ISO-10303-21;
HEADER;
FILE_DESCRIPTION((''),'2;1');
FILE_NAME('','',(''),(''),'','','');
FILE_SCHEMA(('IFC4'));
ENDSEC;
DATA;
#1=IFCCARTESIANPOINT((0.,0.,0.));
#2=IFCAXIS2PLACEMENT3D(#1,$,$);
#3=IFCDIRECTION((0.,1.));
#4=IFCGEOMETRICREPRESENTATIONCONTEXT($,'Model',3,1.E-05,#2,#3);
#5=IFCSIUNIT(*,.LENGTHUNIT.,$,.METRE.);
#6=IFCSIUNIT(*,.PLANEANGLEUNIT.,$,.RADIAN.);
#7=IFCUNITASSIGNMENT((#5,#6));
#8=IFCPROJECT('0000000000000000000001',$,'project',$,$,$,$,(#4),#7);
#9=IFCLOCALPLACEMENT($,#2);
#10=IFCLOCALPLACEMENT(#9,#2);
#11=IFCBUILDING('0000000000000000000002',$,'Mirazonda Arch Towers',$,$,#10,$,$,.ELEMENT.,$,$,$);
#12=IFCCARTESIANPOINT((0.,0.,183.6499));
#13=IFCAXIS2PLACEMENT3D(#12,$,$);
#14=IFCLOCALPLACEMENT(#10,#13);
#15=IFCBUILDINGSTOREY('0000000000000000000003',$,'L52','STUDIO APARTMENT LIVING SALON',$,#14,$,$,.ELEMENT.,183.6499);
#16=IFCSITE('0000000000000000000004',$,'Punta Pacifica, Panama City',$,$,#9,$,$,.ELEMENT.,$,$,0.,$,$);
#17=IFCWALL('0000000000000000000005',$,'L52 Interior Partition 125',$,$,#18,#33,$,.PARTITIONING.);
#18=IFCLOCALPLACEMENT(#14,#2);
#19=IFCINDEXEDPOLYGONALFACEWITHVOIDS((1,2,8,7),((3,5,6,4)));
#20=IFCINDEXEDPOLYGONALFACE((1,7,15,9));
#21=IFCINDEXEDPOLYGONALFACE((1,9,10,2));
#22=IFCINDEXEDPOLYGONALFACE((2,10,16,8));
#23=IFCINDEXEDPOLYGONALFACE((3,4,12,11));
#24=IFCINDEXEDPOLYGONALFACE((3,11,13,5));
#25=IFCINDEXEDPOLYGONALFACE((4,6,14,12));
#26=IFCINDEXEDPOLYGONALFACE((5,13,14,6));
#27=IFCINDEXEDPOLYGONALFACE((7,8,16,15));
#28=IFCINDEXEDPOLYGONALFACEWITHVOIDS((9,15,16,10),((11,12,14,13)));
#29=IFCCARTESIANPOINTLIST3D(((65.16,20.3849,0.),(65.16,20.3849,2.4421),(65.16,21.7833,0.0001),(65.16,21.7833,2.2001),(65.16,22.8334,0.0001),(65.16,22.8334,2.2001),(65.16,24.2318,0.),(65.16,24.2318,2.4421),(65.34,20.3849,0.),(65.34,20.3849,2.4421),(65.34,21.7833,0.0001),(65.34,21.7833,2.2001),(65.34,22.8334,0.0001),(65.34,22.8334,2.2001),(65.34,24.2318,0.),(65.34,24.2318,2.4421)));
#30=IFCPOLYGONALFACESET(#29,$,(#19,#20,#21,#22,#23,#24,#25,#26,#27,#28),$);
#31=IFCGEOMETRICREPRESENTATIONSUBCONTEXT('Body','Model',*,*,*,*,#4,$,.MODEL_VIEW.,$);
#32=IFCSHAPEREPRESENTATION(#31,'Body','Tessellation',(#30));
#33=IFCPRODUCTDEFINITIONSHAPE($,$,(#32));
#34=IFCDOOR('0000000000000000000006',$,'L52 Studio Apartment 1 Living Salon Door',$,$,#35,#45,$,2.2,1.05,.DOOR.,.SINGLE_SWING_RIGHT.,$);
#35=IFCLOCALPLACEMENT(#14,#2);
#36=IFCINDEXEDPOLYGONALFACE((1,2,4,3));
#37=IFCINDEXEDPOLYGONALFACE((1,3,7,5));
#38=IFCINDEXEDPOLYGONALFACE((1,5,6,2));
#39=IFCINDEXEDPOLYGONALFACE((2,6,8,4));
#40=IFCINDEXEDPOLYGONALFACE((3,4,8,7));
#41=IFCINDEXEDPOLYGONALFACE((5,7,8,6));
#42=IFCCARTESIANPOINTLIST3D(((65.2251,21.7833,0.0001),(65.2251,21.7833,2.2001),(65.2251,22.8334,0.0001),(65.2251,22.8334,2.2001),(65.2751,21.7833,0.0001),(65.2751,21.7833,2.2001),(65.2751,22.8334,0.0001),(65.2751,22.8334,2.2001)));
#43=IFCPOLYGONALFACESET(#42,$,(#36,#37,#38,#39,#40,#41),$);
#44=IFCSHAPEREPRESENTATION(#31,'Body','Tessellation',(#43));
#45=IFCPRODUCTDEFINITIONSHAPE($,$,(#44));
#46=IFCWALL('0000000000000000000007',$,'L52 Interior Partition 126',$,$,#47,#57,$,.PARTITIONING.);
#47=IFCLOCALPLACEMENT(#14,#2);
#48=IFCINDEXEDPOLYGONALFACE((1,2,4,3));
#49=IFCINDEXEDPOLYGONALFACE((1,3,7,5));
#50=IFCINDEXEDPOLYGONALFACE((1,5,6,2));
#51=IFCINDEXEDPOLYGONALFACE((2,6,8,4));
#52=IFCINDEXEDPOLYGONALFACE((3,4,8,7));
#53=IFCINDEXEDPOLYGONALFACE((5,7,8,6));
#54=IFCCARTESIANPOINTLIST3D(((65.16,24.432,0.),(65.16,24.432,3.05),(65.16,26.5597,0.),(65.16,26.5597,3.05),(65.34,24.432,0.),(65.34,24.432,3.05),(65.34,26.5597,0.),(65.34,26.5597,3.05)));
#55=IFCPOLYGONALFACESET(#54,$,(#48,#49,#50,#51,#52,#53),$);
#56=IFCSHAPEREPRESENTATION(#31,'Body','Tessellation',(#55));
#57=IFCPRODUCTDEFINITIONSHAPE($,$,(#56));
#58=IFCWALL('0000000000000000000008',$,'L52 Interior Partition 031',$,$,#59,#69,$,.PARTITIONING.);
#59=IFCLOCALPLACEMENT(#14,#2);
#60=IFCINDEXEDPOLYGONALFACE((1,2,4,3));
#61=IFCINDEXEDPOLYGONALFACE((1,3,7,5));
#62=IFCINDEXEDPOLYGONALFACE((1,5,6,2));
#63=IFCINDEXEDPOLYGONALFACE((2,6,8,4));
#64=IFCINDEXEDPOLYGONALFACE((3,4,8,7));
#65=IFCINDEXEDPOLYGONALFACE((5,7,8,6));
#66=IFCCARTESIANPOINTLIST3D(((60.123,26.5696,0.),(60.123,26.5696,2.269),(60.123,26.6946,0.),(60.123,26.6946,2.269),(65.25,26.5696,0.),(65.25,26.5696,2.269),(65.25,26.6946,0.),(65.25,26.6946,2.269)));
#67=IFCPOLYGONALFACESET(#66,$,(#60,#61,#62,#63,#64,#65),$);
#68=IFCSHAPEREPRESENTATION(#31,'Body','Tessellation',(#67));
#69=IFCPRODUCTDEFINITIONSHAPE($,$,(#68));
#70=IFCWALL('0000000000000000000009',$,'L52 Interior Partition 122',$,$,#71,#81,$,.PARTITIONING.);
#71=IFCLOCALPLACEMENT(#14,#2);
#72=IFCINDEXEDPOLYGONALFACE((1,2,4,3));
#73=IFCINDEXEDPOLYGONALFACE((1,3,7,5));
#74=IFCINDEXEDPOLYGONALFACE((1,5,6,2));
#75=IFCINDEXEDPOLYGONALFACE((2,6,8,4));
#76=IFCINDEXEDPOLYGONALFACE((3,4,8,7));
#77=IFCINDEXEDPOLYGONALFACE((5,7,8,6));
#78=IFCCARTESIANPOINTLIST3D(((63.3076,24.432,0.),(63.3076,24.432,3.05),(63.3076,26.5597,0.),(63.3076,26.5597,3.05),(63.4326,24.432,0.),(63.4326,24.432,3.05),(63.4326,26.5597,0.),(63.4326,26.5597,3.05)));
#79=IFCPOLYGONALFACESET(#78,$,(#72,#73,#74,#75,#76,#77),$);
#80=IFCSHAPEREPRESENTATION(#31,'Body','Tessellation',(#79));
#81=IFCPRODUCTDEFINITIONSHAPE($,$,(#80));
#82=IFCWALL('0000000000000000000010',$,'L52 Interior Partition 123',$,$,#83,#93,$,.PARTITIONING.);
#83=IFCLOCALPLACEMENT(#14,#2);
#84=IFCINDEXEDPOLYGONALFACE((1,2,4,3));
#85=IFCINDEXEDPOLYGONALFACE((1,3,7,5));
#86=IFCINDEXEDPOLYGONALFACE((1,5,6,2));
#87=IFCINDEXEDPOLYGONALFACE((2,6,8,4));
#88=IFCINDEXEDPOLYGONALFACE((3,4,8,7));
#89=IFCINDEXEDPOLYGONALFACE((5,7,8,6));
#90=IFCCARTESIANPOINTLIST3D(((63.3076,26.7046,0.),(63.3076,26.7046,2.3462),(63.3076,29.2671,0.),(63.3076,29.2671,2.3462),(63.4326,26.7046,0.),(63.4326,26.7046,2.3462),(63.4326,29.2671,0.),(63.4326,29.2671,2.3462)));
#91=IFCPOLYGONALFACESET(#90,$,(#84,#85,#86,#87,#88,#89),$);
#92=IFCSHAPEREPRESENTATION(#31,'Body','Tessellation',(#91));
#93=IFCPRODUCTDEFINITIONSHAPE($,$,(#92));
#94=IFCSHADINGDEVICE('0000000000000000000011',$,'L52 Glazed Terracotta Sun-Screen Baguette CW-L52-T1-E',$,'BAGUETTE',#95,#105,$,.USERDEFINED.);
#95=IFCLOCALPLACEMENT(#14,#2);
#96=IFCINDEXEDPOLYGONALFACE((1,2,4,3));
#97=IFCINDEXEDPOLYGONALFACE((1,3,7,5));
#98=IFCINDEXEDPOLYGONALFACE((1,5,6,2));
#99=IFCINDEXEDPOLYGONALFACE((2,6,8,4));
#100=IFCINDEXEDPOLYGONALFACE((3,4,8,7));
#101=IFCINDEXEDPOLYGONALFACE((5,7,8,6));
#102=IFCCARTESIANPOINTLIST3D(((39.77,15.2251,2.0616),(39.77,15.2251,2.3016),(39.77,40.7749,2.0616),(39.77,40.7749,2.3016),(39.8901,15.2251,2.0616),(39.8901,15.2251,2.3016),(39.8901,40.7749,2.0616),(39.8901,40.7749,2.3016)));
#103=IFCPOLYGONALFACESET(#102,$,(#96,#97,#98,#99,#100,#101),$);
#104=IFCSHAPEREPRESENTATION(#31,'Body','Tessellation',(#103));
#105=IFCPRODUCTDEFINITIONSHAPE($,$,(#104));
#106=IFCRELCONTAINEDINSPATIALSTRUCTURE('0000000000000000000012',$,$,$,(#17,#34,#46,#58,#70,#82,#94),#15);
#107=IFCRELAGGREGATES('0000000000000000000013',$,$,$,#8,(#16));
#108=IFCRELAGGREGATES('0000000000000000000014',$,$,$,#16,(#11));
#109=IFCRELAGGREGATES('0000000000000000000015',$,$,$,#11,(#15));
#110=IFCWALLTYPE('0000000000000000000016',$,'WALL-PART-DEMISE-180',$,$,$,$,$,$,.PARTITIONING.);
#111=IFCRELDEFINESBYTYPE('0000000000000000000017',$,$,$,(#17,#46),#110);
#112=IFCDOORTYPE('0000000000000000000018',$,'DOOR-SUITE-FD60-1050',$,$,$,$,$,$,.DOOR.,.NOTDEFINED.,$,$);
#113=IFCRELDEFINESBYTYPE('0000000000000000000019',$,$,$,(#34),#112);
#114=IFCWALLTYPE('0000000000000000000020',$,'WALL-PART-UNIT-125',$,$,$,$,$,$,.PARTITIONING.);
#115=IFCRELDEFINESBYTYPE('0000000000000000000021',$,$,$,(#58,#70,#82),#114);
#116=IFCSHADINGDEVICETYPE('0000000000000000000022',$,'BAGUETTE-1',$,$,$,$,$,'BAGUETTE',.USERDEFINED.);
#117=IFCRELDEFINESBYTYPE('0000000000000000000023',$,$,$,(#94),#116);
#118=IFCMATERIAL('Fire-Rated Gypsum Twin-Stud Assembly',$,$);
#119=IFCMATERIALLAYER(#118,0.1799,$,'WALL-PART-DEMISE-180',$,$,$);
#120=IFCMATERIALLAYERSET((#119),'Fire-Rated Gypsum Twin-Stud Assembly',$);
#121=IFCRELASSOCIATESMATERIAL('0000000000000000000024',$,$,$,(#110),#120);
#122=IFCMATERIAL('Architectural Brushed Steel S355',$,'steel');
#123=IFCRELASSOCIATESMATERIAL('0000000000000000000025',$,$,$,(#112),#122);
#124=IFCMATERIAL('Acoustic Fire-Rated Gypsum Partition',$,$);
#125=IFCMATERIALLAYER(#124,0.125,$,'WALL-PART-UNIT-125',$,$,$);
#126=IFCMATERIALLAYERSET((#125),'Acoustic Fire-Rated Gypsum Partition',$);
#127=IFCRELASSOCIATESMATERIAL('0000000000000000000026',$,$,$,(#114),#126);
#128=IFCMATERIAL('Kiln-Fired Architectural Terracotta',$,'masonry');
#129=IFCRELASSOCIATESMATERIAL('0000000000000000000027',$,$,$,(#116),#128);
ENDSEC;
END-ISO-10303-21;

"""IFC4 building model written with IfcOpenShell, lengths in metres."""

from ifc_helpers import new_model, si_unit, direction, frame, frame_2d, origin, origin_2d, place, context, subcontext, project, spatial, rectangle, extrude, material, layer, layer_set, material_profile, profile_set, type_object, element, fill, save


model = new_model("IFC4")

# Units and contexts
model_context = context("Model", 3, precision=1e-05, world=origin(), true_north=direction((0.0, 1.0)))
body_context = subcontext(model_context, "Body", "Model", "MODEL_VIEW")
ifc_project = project(units=[si_unit("LENGTHUNIT", "METRE"), si_unit("PLANEANGLEUNIT", "RADIAN")], contexts=[model_context])

# Site, building, storey
site_placement = place(None, origin())
site = spatial("IfcSite", under=ifc_project, at=site_placement, Name="Punta Pacifica, Panama City", CompositionType="ELEMENT", RefElevation=0.0)
building_placement = place(site_placement, origin())
building = spatial("IfcBuilding", under=site, at=building_placement, Name="Mirazonda Arch Towers", CompositionType="ELEMENT")
storey_placement = place(building_placement, frame((0.0, 0.0, 183.6499)))
storey = spatial("IfcBuildingStorey", under=building, at=storey_placement, Name="L52", Description="STUDIO APARTMENT LIVING SALON", CompositionType="ELEMENT", Elevation=183.6499)

# Shared definitions
ifc_material_1 = material(Name="Fire-Rated Gypsum Twin-Stud Assembly")
ifc_layer_1 = layer(ifc_material_1, 0.1799, Name="WALL-PART-DEMISE-180")
ifc_layer_set_1 = layer_set([ifc_layer_1], Name="Fire-Rated Gypsum Twin-Stud Assembly")
wall_type_1 = type_object("IfcWallType", Name="WALL-PART-DEMISE-180", PredefinedType="PARTITIONING", material=ifc_layer_set_1)

# Shared definitions
ifc_material_2 = material(Name="Architectural Brushed Steel S355", Category="steel")

# Wall, opening, door
wall_1_placement = place(storey_placement, frame((65.25, 20.385, 0.0), z_axis=(0.0, 0.0, 1.0), x_axis=(0.0, 1.0, 0.0)))
wall_1 = element("IfcWall", 1, at=wall_1_placement, inside=storey, type_object=wall_type_1, Name="L52 Interior Partition 125", PredefinedType="PARTITIONING", context=body_context, shape_type="SweptSolid", body=[
    extrude(rectangle(XDim=3.8469, YDim=0.1799, at=frame_2d((1.9233, 0.0))), origin(), (0.0, 0.0, 1.0), 2.4421),
])
opening_1_placement = place(wall_1_placement, frame((1.3984, 0.0, 0.0)))
opening_1 = element("IfcOpeningElement", 2, at=opening_1_placement, cuts=wall_1, PredefinedType="OPENING", context=body_context, shape_type="SweptSolid", body=[
    extrude(rectangle(XDim=1.05, YDim=2.2, at=frame_2d((0.5249, 1.1001))), frame((0.0, 0.0999, 0.0), z_axis=(0.0, -1.0, 0.0), x_axis=(1.0, 0.0, 0.0)), (0.0, 0.0, 1.0), 0.2),
])
door_type_1 = type_object("IfcDoorType", Name="DOOR-SUITE-FD60-1050", OperationType="NOTDEFINED", PredefinedType="DOOR", material=ifc_material_2)
door_1_placement = place(opening_1_placement, origin())
door_1 = element("IfcDoor", 3, at=door_1_placement, inside=storey, type_object=door_type_1, Name="L52 Studio Apartment 1 Living Salon Door", OperationType="SINGLE_SWING_RIGHT", OverallHeight=2.2, OverallWidth=1.05, PredefinedType="DOOR", context=body_context, shape_type="SweptSolid", body=[
    extrude(rectangle(XDim=1.05, YDim=2.2, at=frame_2d((0.5249, 1.1001))), frame((0.0, 0.0249, 0.0), z_axis=(0.0, -1.0, 0.0), x_axis=(1.0, 0.0, 0.0)), (0.0, 0.0, 1.0), 0.05),
])
fill(opening_1, door_1)

# Walls
wall_2_placement = place(storey_placement, frame((65.25, 24.4319, 0.0), z_axis=(0.0, 0.0, 1.0), x_axis=(0.0, 1.0, 0.0)))
element("IfcWall", 4, at=wall_2_placement, inside=storey, type_object=wall_type_1, Name="L52 Interior Partition 126", PredefinedType="PARTITIONING", context=body_context, shape_type="SweptSolid", body=[
    extrude(rectangle(XDim=2.1277, YDim=0.1799, at=frame_2d((1.064, 0.0))), origin(), (0.0, 0.0, 1.0), 3.05),
])
ifc_material_3 = material(Name="Acoustic Fire-Rated Gypsum Partition")
ifc_layer_2 = layer(ifc_material_3, 0.125, Name="WALL-PART-UNIT-125")
ifc_layer_set_2 = layer_set([ifc_layer_2], Name="Acoustic Fire-Rated Gypsum Partition")
wall_type_2 = type_object("IfcWallType", Name="WALL-PART-UNIT-125", PredefinedType="PARTITIONING", material=ifc_layer_set_2)
wall_3_placement = place(storey_placement, frame((60.123, 26.6321, 0.0), z_axis=(0.0, 0.0, 1.0), x_axis=(1.0, 0.0, 0.0)))
element("IfcWall", 5, at=wall_3_placement, inside=storey, type_object=wall_type_2, Name="L52 Interior Partition 031", PredefinedType="PARTITIONING", context=body_context, shape_type="SweptSolid", body=[
    extrude(rectangle(XDim=5.127, YDim=0.125, at=frame_2d((2.5635, 0.0))), origin(), (0.0, 0.0, 1.0), 2.269),
])
wall_4_placement = place(storey_placement, frame((63.3701, 24.4319, 0.0), z_axis=(0.0, 0.0, 1.0), x_axis=(0.0, 1.0, 0.0)))
element("IfcWall", 6, at=wall_4_placement, inside=storey, type_object=wall_type_2, Name="L52 Interior Partition 122", PredefinedType="PARTITIONING", context=body_context, shape_type="SweptSolid", body=[
    extrude(rectangle(XDim=2.1277, YDim=0.125, at=frame_2d((1.064, 0.0))), origin(), (0.0, 0.0, 1.0), 3.05),
])
wall_5_placement = place(storey_placement, frame((63.3701, 26.7046, 0.0), z_axis=(0.0, 0.0, 1.0), x_axis=(0.0, 1.0, 0.0)))
element("IfcWall", 7, at=wall_5_placement, inside=storey, type_object=wall_type_2, Name="L52 Interior Partition 123", PredefinedType="PARTITIONING", context=body_context, shape_type="SweptSolid", body=[
    extrude(rectangle(XDim=2.5625, YDim=0.125, at=frame_2d((1.2812, 0.0))), origin(), (0.0, 0.0, 1.0), 2.3462),
])

# Shading device
ifc_material_4 = material(Name="Kiln-Fired Architectural Terracotta", Category="masonry")
ifc_material_profile_1 = material_profile(ifc_material_4, rectangle(XDim=0.1201, YDim=0.24, at=origin_2d()), Name="TERRA-BAG-120x240")
ifc_profile_set_1 = profile_set([ifc_material_profile_1], Name="Kiln-Fired Architectural Terracotta")
shading_device_type = type_object("IfcShadingDeviceType", Name="BAGUETTE-1", ElementType="BAGUETTE", PredefinedType="USERDEFINED", material=ifc_profile_set_1)
shading_device_placement = place(storey_placement, frame((39.8301, 15.2251, 2.1816), z_axis=(0.0, 1.0, 0.0), x_axis=(-1.0, 0.0, 0.0)))
element("IfcShadingDevice", 8, at=shading_device_placement, inside=storey, type_object=shading_device_type, Name="L52 Glazed Terracotta Sun-Screen Baguette CW-L52-T1-E", ObjectType="BAGUETTE", PredefinedType="USERDEFINED", context=body_context, shape_type="SweptSolid", body=[
    extrude(rectangle(XDim=0.1201, YDim=0.24, at=origin_2d()), origin(), (0.0, 0.0, 1.0), 25.5498),
])

save(model, "model.ifc")
